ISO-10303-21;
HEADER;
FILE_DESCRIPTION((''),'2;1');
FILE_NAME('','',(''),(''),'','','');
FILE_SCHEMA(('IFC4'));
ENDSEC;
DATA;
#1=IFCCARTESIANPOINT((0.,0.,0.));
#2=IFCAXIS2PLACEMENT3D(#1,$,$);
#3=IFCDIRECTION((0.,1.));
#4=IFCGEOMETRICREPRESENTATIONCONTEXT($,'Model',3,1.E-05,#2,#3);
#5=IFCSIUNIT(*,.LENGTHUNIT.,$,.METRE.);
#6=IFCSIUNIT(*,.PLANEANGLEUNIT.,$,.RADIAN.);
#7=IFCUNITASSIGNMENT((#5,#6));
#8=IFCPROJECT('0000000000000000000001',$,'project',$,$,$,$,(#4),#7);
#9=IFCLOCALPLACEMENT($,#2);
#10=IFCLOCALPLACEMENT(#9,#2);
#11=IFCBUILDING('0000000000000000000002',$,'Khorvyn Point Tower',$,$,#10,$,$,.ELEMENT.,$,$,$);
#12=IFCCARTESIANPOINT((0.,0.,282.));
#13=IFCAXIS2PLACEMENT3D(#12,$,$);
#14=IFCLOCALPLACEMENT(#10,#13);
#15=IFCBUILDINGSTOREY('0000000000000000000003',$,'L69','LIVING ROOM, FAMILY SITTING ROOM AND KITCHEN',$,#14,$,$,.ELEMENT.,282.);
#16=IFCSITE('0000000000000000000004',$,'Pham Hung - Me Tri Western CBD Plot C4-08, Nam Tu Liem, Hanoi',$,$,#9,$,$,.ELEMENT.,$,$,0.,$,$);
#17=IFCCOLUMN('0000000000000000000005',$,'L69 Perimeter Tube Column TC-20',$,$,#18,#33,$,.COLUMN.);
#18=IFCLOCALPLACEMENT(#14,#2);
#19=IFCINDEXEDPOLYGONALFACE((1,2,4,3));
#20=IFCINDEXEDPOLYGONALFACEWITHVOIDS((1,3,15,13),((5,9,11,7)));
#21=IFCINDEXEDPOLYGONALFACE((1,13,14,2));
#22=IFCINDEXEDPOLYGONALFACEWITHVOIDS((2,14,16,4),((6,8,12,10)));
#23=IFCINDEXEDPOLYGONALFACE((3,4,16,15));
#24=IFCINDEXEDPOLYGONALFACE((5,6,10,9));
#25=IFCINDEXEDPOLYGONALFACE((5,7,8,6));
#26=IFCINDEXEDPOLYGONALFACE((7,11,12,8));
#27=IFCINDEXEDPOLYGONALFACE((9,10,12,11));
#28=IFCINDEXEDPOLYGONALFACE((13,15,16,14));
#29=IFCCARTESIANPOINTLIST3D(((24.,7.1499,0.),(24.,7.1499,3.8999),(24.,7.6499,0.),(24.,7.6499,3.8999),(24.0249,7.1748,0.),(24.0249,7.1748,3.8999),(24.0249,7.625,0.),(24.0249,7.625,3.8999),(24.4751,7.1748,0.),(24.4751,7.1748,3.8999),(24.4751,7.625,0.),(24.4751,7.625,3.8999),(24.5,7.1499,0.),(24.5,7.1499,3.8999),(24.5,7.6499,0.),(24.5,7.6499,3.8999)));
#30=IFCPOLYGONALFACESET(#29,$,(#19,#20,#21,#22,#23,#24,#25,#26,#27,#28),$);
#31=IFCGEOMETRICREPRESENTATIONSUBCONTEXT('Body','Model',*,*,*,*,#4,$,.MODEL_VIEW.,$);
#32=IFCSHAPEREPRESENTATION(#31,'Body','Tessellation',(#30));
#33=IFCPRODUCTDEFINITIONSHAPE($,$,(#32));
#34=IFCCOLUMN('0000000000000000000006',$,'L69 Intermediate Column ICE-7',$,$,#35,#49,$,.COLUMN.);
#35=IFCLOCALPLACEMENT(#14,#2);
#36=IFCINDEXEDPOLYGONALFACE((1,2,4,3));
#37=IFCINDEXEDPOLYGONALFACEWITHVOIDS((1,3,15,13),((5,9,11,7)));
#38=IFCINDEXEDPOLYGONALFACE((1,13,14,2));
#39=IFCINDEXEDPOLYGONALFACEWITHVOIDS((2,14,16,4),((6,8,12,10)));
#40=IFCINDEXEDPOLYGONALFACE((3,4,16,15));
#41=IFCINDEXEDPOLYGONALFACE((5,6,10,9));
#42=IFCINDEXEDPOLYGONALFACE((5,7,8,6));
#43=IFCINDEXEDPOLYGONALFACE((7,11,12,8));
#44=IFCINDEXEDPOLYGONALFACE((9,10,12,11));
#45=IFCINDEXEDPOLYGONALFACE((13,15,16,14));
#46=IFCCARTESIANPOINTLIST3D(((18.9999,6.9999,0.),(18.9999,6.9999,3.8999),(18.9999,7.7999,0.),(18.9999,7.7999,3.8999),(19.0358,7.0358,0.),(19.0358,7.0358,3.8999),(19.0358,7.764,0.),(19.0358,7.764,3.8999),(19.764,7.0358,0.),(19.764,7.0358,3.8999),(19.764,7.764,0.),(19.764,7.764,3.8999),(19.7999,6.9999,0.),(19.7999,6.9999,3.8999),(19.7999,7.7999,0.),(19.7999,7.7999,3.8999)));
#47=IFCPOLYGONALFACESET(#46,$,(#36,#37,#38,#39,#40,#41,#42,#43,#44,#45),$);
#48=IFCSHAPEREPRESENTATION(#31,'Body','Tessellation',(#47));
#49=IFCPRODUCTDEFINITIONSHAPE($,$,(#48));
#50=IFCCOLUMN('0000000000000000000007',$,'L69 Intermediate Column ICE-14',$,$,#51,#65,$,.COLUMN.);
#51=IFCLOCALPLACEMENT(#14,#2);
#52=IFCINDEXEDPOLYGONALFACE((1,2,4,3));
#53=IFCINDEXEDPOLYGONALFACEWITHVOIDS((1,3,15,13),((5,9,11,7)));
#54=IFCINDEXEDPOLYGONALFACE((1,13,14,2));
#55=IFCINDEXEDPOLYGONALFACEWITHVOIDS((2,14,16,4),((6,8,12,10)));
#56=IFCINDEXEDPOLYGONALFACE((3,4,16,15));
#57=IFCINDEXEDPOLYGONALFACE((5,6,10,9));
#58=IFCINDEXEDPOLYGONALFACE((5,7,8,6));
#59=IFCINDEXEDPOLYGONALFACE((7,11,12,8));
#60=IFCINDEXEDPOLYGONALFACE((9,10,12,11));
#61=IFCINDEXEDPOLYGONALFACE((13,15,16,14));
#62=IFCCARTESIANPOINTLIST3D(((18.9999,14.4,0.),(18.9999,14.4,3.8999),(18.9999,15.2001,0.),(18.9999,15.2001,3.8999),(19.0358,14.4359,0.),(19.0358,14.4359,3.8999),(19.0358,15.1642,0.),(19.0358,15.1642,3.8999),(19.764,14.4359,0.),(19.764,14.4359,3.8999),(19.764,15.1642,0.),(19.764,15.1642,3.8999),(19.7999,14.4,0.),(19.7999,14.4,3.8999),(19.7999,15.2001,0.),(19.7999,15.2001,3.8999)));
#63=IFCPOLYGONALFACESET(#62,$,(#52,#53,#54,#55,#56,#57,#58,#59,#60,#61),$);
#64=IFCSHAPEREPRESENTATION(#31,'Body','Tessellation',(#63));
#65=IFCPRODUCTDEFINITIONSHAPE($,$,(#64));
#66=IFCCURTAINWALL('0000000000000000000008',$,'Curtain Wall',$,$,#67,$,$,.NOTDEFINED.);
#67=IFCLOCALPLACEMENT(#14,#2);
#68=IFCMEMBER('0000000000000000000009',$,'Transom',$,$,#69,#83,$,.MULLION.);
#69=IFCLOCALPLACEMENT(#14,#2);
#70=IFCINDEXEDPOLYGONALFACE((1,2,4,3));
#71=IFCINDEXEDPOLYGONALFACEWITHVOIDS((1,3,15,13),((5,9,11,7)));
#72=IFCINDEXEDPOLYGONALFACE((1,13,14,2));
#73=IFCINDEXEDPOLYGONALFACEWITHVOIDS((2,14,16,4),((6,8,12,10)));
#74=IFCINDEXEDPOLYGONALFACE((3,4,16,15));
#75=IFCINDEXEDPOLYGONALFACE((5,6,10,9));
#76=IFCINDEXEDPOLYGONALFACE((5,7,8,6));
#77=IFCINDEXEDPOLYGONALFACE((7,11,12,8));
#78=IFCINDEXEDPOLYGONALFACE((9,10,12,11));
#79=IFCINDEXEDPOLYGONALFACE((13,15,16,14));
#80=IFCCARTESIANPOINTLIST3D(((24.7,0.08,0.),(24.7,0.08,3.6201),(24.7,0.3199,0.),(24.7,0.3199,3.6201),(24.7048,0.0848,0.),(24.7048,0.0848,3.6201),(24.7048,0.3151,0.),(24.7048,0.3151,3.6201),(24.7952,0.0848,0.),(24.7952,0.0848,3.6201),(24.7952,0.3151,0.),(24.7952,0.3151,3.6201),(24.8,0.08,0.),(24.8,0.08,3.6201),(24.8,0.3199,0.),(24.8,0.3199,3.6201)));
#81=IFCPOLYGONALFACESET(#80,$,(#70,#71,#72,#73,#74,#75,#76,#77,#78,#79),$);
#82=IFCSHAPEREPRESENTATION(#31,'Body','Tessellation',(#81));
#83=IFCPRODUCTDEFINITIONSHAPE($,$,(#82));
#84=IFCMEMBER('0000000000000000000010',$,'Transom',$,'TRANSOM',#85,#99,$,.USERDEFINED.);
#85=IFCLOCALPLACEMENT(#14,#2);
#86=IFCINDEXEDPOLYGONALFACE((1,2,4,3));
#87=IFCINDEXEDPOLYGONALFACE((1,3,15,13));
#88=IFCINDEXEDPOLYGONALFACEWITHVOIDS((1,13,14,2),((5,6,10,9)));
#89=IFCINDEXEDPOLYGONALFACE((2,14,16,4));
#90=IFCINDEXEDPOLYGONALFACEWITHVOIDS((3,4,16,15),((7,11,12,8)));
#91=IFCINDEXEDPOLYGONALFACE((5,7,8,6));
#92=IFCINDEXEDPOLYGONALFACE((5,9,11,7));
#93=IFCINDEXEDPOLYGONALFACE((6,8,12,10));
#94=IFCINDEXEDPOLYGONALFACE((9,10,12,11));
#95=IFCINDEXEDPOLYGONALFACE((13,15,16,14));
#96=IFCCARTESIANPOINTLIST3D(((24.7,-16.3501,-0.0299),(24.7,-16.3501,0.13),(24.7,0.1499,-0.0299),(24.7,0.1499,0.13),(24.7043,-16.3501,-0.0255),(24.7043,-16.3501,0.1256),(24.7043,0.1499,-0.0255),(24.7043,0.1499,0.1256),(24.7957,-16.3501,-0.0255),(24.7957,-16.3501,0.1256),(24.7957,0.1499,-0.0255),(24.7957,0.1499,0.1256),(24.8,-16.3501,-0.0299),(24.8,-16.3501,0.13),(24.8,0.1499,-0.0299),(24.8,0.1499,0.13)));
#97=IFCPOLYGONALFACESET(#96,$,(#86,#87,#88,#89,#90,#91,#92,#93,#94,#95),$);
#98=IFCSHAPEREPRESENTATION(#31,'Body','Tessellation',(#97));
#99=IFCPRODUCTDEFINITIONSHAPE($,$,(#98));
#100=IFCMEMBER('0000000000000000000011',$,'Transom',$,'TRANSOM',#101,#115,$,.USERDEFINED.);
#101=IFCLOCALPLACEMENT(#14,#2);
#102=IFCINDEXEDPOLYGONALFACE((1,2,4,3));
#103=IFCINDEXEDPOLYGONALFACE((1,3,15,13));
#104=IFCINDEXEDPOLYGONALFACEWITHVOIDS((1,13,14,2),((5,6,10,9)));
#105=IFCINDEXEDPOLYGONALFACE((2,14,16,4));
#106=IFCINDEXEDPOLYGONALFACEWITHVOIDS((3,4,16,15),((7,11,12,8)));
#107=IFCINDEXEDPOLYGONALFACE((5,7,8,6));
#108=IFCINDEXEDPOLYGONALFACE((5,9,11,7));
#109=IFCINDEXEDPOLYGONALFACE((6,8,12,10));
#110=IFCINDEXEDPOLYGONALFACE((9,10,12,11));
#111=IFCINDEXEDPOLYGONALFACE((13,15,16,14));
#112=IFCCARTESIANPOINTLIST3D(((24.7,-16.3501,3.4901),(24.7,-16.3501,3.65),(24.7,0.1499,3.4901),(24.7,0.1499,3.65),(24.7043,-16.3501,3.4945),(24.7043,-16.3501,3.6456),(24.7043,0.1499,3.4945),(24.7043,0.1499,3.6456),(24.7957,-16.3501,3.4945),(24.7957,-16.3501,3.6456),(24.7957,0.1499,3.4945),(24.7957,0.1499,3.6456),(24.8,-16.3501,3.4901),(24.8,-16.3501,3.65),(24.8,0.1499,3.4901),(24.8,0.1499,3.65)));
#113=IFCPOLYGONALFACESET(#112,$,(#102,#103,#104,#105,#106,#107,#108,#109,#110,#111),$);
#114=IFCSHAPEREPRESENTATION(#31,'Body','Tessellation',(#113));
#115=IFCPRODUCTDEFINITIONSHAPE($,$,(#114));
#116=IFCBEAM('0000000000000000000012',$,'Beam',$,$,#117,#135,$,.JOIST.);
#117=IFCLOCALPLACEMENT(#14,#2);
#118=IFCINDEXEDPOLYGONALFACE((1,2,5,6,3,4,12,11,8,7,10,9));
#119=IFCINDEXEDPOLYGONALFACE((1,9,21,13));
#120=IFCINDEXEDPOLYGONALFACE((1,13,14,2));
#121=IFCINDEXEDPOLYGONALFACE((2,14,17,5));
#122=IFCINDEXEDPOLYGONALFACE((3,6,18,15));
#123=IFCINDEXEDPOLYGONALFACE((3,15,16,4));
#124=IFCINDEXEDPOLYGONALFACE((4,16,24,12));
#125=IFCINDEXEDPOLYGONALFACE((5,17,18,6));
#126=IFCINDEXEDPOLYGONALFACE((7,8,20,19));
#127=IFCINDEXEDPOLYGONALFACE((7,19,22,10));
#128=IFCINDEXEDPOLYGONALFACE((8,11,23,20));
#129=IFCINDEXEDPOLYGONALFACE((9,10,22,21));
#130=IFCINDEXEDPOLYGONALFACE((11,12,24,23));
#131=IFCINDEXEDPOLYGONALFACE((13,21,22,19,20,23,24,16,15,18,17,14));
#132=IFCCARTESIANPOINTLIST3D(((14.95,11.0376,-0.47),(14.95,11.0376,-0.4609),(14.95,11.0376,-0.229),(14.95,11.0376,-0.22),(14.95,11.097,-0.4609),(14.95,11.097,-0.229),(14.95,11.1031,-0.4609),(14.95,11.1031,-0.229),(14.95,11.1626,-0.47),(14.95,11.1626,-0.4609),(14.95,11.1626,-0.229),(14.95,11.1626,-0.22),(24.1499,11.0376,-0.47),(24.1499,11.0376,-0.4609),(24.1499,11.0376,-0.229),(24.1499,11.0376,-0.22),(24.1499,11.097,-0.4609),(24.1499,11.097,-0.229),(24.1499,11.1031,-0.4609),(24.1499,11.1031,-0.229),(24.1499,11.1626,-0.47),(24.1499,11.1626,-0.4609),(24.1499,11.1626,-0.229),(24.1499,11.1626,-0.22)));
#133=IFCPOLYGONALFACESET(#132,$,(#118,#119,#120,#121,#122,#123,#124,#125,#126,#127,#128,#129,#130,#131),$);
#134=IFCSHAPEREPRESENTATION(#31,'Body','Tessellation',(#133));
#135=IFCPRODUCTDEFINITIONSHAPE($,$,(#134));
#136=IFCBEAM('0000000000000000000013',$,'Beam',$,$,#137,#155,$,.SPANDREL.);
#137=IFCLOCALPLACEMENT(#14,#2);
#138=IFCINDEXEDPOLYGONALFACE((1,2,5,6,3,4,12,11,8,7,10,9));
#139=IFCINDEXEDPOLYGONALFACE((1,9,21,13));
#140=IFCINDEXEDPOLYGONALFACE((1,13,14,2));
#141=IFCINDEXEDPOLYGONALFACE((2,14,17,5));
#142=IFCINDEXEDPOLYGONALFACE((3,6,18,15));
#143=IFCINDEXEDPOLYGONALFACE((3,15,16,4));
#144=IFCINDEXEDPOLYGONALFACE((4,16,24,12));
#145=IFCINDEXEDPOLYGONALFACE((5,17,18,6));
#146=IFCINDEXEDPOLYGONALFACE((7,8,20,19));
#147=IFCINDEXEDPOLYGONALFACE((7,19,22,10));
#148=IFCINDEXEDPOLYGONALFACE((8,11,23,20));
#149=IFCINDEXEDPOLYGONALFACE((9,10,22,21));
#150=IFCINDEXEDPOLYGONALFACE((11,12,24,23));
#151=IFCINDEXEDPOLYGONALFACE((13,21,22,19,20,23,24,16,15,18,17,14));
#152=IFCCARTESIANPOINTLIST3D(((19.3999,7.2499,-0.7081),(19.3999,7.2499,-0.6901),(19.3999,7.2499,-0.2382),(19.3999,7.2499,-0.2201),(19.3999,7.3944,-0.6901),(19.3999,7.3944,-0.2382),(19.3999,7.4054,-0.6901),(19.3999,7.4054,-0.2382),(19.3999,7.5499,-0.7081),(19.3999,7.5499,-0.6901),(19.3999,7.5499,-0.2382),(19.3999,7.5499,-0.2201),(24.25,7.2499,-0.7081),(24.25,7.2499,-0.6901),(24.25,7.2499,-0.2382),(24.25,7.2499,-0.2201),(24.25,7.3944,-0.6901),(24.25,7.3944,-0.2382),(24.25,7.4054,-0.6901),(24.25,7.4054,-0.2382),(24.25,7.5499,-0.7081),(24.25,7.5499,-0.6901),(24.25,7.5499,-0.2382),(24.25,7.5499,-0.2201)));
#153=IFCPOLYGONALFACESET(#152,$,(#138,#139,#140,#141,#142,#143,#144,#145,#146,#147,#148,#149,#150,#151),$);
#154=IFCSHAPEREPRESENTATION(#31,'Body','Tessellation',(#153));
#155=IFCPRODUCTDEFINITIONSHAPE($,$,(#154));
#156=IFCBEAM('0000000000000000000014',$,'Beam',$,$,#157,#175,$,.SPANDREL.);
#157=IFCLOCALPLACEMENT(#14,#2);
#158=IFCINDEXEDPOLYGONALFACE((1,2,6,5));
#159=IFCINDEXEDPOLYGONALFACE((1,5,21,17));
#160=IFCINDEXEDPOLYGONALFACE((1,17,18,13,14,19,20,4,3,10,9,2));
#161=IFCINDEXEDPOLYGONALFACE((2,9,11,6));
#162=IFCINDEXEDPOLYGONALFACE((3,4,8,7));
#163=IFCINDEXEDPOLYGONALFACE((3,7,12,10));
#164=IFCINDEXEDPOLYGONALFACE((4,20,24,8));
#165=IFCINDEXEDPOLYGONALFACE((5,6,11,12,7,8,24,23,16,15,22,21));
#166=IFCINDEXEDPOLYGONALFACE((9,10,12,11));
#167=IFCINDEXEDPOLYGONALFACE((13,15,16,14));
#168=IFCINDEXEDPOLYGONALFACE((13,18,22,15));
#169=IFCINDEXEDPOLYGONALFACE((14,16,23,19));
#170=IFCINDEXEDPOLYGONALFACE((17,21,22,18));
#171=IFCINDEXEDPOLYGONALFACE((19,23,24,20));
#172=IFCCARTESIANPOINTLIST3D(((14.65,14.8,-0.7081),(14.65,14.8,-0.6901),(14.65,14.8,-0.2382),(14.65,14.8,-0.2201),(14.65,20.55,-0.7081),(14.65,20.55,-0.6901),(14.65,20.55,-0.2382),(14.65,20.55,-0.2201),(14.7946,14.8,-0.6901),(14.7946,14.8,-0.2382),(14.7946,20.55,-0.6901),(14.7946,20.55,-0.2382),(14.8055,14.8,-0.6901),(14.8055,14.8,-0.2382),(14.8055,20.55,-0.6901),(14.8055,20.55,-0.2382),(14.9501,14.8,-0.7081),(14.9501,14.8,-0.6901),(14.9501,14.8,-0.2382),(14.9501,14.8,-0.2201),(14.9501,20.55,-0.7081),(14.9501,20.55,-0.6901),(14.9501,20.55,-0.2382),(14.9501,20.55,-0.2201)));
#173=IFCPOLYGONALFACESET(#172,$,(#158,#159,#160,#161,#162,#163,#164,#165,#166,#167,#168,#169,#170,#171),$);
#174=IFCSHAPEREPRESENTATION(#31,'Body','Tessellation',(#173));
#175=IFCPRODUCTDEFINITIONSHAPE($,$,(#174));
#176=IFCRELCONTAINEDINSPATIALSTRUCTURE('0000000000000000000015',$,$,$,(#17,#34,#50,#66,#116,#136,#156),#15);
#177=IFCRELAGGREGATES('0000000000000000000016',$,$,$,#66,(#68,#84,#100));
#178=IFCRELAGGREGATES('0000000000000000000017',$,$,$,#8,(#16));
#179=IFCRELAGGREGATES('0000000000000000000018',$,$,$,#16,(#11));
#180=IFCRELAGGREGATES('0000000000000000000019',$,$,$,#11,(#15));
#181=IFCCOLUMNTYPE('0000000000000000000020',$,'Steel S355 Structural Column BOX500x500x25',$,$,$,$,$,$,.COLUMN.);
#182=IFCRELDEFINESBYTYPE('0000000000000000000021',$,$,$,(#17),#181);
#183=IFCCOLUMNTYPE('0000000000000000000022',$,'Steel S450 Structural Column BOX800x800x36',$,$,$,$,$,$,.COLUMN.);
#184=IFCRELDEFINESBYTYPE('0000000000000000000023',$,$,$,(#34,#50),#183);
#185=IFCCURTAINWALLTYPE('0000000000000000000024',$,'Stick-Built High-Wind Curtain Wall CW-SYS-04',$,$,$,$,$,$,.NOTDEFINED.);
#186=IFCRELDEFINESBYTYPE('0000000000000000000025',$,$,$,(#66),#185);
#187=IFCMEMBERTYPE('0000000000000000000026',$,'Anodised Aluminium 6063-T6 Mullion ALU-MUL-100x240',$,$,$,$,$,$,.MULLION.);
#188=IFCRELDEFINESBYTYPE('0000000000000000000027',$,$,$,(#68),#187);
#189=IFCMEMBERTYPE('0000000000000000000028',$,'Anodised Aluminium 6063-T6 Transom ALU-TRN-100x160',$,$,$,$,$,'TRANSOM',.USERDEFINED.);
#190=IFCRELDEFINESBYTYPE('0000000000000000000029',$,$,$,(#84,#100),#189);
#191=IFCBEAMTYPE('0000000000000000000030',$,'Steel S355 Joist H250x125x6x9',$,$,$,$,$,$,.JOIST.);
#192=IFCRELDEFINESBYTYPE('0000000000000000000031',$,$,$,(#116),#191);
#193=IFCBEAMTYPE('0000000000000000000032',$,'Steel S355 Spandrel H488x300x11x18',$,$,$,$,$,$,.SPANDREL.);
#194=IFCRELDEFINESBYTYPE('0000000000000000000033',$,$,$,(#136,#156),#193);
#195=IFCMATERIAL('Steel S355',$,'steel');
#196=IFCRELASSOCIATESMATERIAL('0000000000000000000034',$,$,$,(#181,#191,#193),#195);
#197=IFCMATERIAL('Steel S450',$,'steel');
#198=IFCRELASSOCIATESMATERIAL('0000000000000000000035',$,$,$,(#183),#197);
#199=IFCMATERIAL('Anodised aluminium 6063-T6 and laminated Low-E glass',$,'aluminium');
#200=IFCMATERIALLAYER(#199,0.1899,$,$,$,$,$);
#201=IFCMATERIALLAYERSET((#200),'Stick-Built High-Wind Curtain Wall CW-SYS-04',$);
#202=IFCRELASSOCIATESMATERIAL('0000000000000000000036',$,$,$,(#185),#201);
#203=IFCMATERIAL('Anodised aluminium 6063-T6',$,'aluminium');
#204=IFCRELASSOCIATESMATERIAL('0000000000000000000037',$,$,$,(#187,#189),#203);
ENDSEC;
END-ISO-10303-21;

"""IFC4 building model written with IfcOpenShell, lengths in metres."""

from ifc_helpers import new_model, si_unit, direction, frame, origin, origin_2d, place, context, subcontext, project, spatial, hollow_rectangle, i_section, extrude, material, layer, layer_set, material_profile, profile_set, type_object, element, aggregate, save


model = new_model("IFC4")

# Units and contexts
model_context = context("Model", 3, precision=1e-05, world=origin(), true_north=direction((0.0, 1.0)))
body_context = subcontext(model_context, "Body", "Model", "MODEL_VIEW")
ifc_project = project(units=[si_unit("LENGTHUNIT", "METRE"), si_unit("PLANEANGLEUNIT", "RADIAN")], contexts=[model_context])

# Site, building, storey
site_placement = place(None, origin())
site = spatial("IfcSite", under=ifc_project, at=site_placement, Name="Pham Hung - Me Tri Western CBD Plot C4-08, Nam Tu Liem, Hanoi", CompositionType="ELEMENT", RefElevation=0.0)
building_placement = place(site_placement, origin())
building = spatial("IfcBuilding", under=site, at=building_placement, Name="Khorvyn Point Tower", CompositionType="ELEMENT")
storey_placement = place(building_placement, frame((0.0, 0.0, 282.0)))
storey = spatial("IfcBuildingStorey", under=building, at=storey_placement, Name="L69", Description="LIVING ROOM, FAMILY SITTING ROOM AND KITCHEN", CompositionType="ELEMENT", Elevation=282.0)

# Columns
ifc_material_1 = material(Name="Steel S355", Category="steel")
ifc_material_profile_1 = material_profile(ifc_material_1, hollow_rectangle(XDim=0.5, YDim=0.5, WallThickness=0.0249, at=origin_2d()))
ifc_profile_set_1 = profile_set([ifc_material_profile_1], Name="Steel S355 BOX500x500x25")
column_type_1 = type_object("IfcColumnType", Name="Steel S355 Structural Column BOX500x500x25", PredefinedType="COLUMN", material=ifc_profile_set_1)
column_placement = place(storey_placement, frame((24.25, 7.3999, 0.0), z_axis=(0.0, 0.0, 1.0), x_axis=(1.0, 0.0, 0.0)))
element("IfcColumn", 1, at=column_placement, inside=storey, type_object=column_type_1, Name="L69 Perimeter Tube Column TC-20", PredefinedType="COLUMN", context=body_context, shape_type="SweptSolid", body=[
    extrude(hollow_rectangle(XDim=0.5, YDim=0.5, WallThickness=0.0249, at=origin_2d()), origin(), (0.0, 0.0, 1.0), 3.8999),
])
ifc_material_2 = material(Name="Steel S450", Category="steel")
ifc_material_profile_2 = material_profile(ifc_material_2, hollow_rectangle(XDim=0.8, YDim=0.8, WallThickness=0.0359, at=origin_2d()))
ifc_profile_set_2 = profile_set([ifc_material_profile_2], Name="Steel S450 BOX800x800x36")
column_type_2 = type_object("IfcColumnType", Name="Steel S450 Structural Column BOX800x800x36", PredefinedType="COLUMN", material=ifc_profile_set_2)
for number, where, z_axis, x_axis, name in (
    (2, (19.3999, 7.3999, 0.0), (0.0, 0.0, 1.0), (1.0, 0.0, 0.0), "L69 Intermediate Column ICE-7"),
    (3, (19.3999, 14.8, 0.0), (0.0, 0.0, 1.0), (1.0, 0.0, 0.0), "L69 Intermediate Column ICE-14"),
):
    element("IfcColumn", number, at=place(storey_placement, frame(where, z_axis=z_axis, x_axis=x_axis)), inside=storey, type_object=column_type_2, Name=name, PredefinedType="COLUMN", context=body_context, shape_type="SweptSolid", body=[
        extrude(hollow_rectangle(XDim=0.8, YDim=0.8, WallThickness=0.0359, at=origin_2d()), origin(), (0.0, 0.0, 1.0), 3.8999),
    ])

# Curtain wall, members
ifc_material_3 = material(Name="Anodised aluminium 6063-T6 and laminated Low-E glass", Category="aluminium")
ifc_layer_1 = layer(ifc_material_3, 0.1899)
ifc_layer_set_1 = layer_set([ifc_layer_1], Name="Stick-Built High-Wind Curtain Wall CW-SYS-04")
curtain_wall_type = type_object("IfcCurtainWallType", Name="Stick-Built High-Wind Curtain Wall CW-SYS-04", PredefinedType="NOTDEFINED", material=ifc_layer_set_1)
curtain_wall_placement = place(storey_placement, origin())
curtain_wall = element("IfcCurtainWall", 4, at=curtain_wall_placement, inside=storey, type_object=curtain_wall_type, Name="Curtain Wall", PredefinedType="NOTDEFINED")
ifc_material_4 = material(Name="Anodised aluminium 6063-T6", Category="aluminium")
ifc_material_profile_3 = material_profile(ifc_material_4, hollow_rectangle(XDim=0.1001, YDim=0.24, WallThickness=0.0049, at=origin_2d()))
ifc_profile_set_3 = profile_set([ifc_material_profile_3], Name="Anodised aluminium 6063-T6 ALU-MUL-100x240")
member_type_1 = type_object("IfcMemberType", Name="Anodised Aluminium 6063-T6 Mullion ALU-MUL-100x240", PredefinedType="MULLION", material=ifc_profile_set_3)
member_1_placement = place(storey_placement, frame((24.75, 0.2, 0.0), z_axis=(0.0, 0.0, 1.0), x_axis=(1.0, 0.0, 0.0)))
member_1 = element("IfcMember", 5, at=member_1_placement, type_object=member_type_1, Name="Transom", PredefinedType="MULLION", context=body_context, shape_type="SweptSolid", body=[
    extrude(hollow_rectangle(XDim=0.1001, YDim=0.24, WallThickness=0.0049, at=origin_2d()), origin(), (0.0, 0.0, 1.0), 3.6201),
])
ifc_material_profile_4 = material_profile(ifc_material_4, hollow_rectangle(XDim=0.1001, YDim=0.1599, WallThickness=0.0044, at=origin_2d()))
ifc_profile_set_4 = profile_set([ifc_material_profile_4], Name="Anodised aluminium 6063-T6 ALU-TRN-100x160")
member_type_2 = type_object("IfcMemberType", Name="Anodised Aluminium 6063-T6 Transom ALU-TRN-100x160", ElementType="TRANSOM", PredefinedType="USERDEFINED", material=ifc_profile_set_4)
member_2_placement = place(storey_placement, frame((24.75, 0.1499, 0.05), z_axis=(0.0, -1.0, 0.0), x_axis=(1.0, 0.0, 0.0)))
member_2 = element("IfcMember", 6, at=member_2_placement, type_object=member_type_2, Name="Transom", ObjectType="TRANSOM", PredefinedType="USERDEFINED", context=body_context, shape_type="SweptSolid", body=[
    extrude(hollow_rectangle(XDim=0.1001, YDim=0.1599, WallThickness=0.0044, at=origin_2d()), origin(), (0.0, 0.0, 1.0), 16.5),
])
member_3_placement = place(storey_placement, frame((24.75, 0.1499, 3.5701), z_axis=(0.0, -1.0, 0.0), x_axis=(1.0, 0.0, 0.0)))
member_3 = element("IfcMember", 7, at=member_3_placement, type_object=member_type_2, Name="Transom", ObjectType="TRANSOM", PredefinedType="USERDEFINED", context=body_context, shape_type="SweptSolid", body=[
    extrude(hollow_rectangle(XDim=0.1001, YDim=0.1599, WallThickness=0.0044, at=origin_2d()), origin(), (0.0, 0.0, 1.0), 16.5),
])

# Beams
ifc_material_profile_5 = material_profile(ifc_material_1, i_section(OverallWidth=0.125, OverallDepth=0.25, WebThickness=0.0061, FlangeThickness=0.009, at=origin_2d()))
ifc_profile_set_5 = profile_set([ifc_material_profile_5], Name="Steel S355 H250x125x6x9")
beam_type_1 = type_object("IfcBeamType", Name="Steel S355 Joist H250x125x6x9", PredefinedType="JOIST", material=ifc_profile_set_5)
beam_1_placement = place(storey_placement, frame((14.95, 11.1001, -0.345), z_axis=(1.0, 0.0, 0.0), x_axis=(0.0, 1.0, 0.0)))
element("IfcBeam", 8, at=beam_1_placement, inside=storey, type_object=beam_type_1, Name="Beam", PredefinedType="JOIST", context=body_context, shape_type="SweptSolid", body=[
    extrude(i_section(OverallWidth=0.125, OverallDepth=0.25, WebThickness=0.0061, FlangeThickness=0.009, at=origin_2d()), origin(), (0.0, 0.0, 1.0), 9.2),
])
ifc_material_profile_6 = material_profile(ifc_material_1, i_section(OverallWidth=0.3, OverallDepth=0.488, WebThickness=0.011, FlangeThickness=0.0181, at=origin_2d()))
ifc_profile_set_6 = profile_set([ifc_material_profile_6], Name="Steel S355 H488x300x11x18")
beam_type_2 = type_object("IfcBeamType", Name="Steel S355 Spandrel H488x300x11x18", PredefinedType="SPANDREL", material=ifc_profile_set_6)
beam_2_placement = place(storey_placement, frame((19.3999, 7.3999, -0.4641), z_axis=(1.0, 0.0, 0.0), x_axis=(0.0, 1.0, 0.0)))
element("IfcBeam", 9, at=beam_2_placement, inside=storey, type_object=beam_type_2, Name="Beam", PredefinedType="SPANDREL", context=body_context, shape_type="SweptSolid", body=[
    extrude(i_section(OverallWidth=0.3, OverallDepth=0.488, WebThickness=0.011, FlangeThickness=0.0181, at=origin_2d()), origin(), (0.0, 0.0, 1.0), 4.8501),
])
beam_3_placement = place(storey_placement, frame((14.8, 14.8, -0.4641), z_axis=(0.0, 1.0, 0.0), x_axis=(-1.0, 0.0, 0.0)))
element("IfcBeam", 10, at=beam_3_placement, inside=storey, type_object=beam_type_2, Name="Beam", PredefinedType="SPANDREL", context=body_context, shape_type="SweptSolid", body=[
    extrude(i_section(OverallWidth=0.3, OverallDepth=0.488, WebThickness=0.011, FlangeThickness=0.0181, at=origin_2d()), origin(), (0.0, 0.0, 1.0), 5.75),
])

aggregate(curtain_wall, [member_1, member_2, member_3])

save(model, "model.ifc")
